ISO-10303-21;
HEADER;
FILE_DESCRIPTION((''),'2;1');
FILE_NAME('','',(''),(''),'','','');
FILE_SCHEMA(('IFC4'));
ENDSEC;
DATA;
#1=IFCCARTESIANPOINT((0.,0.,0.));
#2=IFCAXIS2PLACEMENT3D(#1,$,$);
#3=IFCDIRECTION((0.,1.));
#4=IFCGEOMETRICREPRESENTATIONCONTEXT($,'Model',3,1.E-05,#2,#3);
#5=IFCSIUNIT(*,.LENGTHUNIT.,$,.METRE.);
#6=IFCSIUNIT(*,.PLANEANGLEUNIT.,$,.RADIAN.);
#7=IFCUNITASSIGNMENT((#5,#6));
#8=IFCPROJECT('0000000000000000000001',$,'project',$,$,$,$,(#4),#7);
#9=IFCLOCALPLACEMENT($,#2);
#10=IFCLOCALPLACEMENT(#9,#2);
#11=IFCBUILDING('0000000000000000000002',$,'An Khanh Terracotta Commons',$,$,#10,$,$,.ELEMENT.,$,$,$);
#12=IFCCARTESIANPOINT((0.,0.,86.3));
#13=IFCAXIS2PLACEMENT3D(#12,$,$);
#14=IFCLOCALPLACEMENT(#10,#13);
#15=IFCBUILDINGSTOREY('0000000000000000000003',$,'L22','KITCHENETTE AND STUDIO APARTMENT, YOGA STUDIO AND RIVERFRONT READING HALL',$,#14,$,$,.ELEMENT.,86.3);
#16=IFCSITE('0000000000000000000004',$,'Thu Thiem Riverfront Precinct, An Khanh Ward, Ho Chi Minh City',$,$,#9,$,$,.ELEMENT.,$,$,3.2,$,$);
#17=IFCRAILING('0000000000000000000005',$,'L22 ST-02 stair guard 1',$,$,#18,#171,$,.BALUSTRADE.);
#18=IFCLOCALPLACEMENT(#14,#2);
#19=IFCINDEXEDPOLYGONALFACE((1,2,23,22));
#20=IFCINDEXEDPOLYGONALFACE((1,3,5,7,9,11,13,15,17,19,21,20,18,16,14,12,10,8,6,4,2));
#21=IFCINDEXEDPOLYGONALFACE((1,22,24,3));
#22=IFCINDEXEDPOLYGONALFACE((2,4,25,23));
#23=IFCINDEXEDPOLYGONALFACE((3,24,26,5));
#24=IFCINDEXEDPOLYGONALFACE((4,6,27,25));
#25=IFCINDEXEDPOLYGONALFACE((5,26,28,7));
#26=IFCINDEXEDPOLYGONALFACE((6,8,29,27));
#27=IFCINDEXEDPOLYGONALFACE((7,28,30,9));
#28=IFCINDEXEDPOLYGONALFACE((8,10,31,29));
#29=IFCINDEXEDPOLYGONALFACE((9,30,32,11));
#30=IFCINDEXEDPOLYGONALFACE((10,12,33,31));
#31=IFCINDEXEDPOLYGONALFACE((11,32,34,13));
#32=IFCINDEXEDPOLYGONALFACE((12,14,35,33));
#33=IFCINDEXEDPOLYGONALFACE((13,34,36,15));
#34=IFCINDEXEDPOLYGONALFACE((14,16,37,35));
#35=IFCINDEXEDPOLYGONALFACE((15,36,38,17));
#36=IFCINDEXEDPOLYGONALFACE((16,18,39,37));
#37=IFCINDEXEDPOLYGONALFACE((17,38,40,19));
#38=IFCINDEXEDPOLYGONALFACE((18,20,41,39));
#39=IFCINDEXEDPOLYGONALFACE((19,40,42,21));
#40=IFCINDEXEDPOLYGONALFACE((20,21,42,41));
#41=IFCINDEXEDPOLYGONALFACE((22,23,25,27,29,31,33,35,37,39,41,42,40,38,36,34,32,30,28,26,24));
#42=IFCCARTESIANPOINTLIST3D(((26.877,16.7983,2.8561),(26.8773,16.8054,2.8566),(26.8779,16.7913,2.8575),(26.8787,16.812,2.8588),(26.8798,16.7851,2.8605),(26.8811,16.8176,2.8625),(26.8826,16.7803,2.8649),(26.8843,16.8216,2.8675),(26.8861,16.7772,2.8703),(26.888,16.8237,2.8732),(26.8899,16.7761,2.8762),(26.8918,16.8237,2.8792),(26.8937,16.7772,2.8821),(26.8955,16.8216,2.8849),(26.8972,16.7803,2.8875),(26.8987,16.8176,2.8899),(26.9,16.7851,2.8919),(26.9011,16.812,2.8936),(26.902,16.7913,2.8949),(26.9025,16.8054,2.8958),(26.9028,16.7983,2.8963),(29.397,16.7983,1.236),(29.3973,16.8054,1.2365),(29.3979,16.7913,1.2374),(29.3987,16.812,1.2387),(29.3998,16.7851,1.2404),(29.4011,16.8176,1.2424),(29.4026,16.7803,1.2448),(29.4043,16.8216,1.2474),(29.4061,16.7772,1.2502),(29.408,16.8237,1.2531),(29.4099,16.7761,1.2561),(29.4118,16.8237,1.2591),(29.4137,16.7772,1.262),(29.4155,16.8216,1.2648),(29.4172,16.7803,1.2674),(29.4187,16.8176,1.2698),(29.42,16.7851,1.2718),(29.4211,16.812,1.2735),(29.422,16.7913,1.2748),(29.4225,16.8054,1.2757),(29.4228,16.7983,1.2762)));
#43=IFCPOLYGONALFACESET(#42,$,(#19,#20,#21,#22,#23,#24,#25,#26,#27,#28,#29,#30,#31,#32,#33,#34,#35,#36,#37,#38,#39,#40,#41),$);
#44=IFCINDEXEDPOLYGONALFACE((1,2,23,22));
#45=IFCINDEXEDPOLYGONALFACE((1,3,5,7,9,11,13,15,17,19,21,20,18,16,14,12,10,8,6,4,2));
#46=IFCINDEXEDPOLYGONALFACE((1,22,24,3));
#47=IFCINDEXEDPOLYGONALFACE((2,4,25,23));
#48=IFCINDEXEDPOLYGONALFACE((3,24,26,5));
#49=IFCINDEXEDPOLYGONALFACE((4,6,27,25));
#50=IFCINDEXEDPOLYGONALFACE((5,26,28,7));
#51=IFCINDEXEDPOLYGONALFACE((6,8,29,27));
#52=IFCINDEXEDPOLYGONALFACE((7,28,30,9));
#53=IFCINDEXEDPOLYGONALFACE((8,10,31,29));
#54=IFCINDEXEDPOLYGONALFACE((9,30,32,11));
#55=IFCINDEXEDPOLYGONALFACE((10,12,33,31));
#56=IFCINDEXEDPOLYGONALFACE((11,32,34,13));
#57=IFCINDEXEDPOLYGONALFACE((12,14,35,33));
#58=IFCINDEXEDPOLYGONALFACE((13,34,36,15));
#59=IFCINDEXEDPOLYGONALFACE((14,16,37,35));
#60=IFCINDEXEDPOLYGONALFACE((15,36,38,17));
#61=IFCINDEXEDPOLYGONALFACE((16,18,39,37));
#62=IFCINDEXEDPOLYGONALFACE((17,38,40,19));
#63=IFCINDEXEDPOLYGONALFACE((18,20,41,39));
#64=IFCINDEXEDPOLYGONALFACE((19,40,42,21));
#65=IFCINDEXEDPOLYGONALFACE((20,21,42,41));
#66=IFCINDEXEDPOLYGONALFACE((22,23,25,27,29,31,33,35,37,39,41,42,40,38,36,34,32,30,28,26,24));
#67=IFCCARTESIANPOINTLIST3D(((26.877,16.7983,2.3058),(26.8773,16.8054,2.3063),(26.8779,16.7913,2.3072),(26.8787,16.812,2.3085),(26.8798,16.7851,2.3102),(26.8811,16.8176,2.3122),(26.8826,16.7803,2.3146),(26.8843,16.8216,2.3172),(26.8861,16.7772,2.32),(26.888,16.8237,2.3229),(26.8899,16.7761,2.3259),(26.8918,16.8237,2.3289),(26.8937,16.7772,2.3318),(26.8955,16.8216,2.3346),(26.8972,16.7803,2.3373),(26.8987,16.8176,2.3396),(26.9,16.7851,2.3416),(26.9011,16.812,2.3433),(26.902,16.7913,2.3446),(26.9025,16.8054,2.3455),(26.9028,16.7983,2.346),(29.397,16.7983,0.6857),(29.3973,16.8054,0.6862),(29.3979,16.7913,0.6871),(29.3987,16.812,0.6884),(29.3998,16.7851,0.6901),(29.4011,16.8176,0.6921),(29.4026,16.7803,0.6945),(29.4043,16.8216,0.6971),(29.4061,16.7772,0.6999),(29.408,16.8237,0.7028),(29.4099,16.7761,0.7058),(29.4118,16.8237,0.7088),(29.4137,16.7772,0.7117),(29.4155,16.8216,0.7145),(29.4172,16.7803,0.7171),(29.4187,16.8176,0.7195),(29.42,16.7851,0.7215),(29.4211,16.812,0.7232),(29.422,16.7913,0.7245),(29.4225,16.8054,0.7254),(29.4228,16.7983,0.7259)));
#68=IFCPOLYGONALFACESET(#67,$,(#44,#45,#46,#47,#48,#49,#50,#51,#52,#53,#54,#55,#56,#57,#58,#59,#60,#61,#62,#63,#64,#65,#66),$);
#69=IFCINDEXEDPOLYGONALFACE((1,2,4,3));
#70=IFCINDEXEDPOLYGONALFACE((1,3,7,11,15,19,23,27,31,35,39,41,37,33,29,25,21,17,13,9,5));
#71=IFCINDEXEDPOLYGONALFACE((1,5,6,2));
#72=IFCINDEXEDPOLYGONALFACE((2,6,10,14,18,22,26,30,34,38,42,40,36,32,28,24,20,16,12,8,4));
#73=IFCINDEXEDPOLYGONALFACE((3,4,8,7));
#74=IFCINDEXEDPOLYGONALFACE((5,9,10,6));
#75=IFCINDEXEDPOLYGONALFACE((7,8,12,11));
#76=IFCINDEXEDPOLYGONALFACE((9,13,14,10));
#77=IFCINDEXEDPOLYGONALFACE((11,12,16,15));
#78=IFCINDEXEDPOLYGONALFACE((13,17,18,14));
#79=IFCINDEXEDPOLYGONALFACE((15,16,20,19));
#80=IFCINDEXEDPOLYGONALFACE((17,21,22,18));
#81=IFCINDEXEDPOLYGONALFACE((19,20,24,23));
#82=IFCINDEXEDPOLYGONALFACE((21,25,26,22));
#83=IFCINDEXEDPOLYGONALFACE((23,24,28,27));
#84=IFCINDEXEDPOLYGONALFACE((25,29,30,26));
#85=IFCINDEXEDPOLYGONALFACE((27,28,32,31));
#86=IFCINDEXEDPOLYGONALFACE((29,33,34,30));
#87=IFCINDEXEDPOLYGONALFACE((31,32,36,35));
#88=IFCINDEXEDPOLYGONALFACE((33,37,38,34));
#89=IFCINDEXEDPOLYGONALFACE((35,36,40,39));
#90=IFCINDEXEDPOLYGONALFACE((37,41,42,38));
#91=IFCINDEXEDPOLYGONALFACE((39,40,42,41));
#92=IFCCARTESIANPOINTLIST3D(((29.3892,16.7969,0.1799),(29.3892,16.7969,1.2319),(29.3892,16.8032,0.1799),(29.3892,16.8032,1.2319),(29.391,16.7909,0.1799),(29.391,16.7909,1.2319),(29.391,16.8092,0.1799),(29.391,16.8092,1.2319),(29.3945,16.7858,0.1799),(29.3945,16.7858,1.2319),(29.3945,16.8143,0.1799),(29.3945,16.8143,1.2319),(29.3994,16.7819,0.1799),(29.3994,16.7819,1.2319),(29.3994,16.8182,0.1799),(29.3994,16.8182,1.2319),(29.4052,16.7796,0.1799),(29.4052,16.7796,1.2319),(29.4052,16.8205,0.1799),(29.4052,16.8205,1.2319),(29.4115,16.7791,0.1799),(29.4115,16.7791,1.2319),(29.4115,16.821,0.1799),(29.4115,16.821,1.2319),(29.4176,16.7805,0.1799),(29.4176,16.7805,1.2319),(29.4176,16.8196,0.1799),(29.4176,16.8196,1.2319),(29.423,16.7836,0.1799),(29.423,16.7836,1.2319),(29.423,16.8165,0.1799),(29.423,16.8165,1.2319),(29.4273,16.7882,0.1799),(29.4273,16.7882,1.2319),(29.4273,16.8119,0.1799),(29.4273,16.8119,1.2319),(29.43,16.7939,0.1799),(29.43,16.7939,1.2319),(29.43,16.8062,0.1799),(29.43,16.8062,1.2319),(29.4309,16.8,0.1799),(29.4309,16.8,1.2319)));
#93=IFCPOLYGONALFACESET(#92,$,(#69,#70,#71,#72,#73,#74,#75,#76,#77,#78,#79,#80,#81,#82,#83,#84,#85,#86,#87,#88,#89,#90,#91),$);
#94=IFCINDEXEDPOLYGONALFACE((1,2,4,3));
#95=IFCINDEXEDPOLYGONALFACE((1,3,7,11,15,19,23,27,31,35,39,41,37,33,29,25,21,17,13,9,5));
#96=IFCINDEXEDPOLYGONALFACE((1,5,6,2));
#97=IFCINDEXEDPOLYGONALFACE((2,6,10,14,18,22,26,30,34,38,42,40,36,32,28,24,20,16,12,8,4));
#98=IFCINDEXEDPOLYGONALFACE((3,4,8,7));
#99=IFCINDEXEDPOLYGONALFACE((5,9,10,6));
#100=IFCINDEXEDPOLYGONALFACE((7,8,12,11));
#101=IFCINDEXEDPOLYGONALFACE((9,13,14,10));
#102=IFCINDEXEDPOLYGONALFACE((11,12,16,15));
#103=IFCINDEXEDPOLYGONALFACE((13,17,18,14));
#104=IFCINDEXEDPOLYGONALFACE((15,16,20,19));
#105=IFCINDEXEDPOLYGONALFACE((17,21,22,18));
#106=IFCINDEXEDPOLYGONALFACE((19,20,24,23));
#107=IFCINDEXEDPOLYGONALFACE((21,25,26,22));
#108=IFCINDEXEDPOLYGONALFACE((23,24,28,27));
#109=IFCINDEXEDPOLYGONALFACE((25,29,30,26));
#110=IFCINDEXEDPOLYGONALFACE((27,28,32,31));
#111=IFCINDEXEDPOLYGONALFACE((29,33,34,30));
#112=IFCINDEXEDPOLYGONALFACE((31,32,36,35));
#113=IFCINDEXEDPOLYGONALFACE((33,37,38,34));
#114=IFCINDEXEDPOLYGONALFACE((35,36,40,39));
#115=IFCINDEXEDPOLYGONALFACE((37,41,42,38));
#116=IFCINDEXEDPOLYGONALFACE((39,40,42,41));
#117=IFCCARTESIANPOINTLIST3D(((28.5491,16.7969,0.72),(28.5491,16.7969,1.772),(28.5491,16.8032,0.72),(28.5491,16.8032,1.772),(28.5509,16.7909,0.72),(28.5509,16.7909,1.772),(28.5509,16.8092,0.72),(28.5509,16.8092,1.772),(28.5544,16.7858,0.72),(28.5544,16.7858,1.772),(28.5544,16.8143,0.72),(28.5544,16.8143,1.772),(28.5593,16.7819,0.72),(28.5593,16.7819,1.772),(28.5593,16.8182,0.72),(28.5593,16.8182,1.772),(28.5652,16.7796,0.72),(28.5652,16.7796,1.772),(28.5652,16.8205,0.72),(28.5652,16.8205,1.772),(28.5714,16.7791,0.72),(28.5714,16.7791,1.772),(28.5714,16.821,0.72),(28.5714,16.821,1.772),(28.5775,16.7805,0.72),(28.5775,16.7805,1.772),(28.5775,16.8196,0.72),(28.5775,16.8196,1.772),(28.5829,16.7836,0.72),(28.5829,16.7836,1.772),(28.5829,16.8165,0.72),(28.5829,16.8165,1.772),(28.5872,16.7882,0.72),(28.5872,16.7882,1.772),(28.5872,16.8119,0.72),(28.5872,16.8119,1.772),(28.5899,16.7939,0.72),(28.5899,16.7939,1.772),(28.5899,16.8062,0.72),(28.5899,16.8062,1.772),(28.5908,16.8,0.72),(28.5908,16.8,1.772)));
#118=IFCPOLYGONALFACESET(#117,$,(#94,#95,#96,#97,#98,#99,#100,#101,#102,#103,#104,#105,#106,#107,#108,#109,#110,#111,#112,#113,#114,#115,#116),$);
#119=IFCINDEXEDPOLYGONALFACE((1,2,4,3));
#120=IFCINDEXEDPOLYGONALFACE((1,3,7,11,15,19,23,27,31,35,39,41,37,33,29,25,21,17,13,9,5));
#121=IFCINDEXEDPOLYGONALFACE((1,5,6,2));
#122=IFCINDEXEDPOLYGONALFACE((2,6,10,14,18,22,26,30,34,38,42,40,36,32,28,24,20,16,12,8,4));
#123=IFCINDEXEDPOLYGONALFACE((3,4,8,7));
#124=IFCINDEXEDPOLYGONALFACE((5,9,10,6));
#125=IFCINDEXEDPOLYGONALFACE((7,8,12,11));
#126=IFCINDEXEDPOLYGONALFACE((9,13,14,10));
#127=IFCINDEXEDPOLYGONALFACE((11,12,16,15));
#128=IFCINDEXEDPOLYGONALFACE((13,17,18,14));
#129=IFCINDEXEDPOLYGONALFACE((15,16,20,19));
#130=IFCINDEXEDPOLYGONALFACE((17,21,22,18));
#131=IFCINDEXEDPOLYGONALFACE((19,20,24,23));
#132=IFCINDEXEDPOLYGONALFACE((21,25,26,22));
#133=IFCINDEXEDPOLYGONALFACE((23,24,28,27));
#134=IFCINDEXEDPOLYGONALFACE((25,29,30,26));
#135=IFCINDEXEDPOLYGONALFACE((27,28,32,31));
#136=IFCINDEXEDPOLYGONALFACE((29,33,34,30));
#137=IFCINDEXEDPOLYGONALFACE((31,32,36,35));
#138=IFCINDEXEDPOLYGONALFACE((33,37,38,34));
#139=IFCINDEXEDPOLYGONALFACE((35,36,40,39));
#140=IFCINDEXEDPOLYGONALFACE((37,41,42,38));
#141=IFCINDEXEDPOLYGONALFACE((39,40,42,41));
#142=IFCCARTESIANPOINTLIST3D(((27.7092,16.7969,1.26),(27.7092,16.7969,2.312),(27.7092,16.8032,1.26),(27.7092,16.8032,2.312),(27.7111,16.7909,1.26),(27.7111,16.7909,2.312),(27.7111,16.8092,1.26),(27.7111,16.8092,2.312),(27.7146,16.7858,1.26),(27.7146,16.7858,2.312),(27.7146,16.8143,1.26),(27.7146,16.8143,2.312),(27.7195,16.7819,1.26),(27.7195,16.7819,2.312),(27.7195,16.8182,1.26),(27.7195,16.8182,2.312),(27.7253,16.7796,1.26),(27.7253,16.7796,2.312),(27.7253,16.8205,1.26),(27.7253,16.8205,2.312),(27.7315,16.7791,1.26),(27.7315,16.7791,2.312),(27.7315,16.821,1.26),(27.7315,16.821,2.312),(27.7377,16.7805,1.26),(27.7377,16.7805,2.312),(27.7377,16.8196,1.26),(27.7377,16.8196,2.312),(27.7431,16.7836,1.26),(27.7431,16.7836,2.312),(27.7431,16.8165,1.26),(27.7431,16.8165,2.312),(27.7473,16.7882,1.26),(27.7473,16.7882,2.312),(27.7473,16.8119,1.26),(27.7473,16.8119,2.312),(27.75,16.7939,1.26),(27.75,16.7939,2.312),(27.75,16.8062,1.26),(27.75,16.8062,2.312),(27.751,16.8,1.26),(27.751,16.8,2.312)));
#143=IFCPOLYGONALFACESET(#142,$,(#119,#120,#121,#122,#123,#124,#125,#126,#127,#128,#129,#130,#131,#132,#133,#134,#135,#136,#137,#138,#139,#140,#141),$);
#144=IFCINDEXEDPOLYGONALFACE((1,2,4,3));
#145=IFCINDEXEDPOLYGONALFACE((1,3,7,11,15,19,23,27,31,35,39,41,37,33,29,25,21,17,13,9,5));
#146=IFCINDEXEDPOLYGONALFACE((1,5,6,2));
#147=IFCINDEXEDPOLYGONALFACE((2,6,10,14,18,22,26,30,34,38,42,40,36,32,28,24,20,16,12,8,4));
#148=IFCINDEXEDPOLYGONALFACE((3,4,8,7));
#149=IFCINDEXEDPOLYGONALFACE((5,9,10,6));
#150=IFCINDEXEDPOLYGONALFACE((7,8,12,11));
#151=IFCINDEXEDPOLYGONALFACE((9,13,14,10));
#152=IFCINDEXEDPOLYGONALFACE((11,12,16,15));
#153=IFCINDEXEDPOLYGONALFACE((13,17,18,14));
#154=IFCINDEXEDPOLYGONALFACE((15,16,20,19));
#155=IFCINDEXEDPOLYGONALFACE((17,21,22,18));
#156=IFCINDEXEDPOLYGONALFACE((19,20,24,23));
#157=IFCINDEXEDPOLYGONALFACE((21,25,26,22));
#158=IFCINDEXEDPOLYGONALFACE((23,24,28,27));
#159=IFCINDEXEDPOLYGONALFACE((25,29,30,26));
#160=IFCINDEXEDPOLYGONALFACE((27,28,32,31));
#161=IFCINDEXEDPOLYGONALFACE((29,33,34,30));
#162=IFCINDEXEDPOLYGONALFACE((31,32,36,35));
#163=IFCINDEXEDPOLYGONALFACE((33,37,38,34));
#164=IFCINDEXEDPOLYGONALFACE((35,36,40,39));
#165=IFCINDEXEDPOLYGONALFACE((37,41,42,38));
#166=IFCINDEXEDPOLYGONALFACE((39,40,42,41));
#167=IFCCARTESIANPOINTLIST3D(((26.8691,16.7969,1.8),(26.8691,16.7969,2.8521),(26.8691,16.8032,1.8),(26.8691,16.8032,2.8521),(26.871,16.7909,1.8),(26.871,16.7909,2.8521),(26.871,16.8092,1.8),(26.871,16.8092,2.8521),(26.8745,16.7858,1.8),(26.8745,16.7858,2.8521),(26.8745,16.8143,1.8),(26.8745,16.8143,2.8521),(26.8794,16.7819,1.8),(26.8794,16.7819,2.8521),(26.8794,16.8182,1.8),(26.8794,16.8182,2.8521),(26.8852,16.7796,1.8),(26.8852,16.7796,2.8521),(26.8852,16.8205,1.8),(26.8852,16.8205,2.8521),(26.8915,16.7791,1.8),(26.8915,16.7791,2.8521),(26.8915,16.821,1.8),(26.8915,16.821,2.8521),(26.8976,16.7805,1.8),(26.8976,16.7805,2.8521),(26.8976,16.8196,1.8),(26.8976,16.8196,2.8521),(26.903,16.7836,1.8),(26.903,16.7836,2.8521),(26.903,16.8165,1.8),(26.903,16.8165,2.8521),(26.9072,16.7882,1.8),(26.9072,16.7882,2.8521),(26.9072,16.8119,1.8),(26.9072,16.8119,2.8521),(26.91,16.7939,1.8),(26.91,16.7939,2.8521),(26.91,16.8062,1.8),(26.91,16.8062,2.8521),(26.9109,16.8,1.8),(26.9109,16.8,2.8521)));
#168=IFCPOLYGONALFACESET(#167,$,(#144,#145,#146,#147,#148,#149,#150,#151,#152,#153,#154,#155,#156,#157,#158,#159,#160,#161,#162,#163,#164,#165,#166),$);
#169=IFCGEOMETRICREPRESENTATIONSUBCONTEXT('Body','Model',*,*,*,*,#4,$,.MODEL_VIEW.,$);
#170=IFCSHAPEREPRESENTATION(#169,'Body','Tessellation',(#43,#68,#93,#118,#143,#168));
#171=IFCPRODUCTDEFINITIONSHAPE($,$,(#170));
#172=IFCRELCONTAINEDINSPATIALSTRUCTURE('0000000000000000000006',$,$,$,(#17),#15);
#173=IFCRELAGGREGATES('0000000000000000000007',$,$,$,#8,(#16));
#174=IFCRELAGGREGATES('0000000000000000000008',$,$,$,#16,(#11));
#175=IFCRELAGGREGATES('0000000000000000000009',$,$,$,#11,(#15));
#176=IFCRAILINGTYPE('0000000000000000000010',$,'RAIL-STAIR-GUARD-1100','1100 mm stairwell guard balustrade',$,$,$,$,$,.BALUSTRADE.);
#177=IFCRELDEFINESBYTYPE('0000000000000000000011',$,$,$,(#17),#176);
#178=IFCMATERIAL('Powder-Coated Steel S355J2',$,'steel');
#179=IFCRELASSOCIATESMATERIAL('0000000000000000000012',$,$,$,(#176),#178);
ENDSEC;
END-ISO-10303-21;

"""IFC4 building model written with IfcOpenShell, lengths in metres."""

from ifc_helpers import new_model, si_unit, direction, frame, origin, origin_2d, place, context, subcontext, project, spatial, circle, extrude, material, type_object, element, save


model = new_model("IFC4")

# Units and contexts
model_context = context("Model", 3, precision=1e-05, world=origin(), true_north=direction((0.0, 1.0)))
body_context = subcontext(model_context, "Body", "Model", "MODEL_VIEW")
ifc_project = project(units=[si_unit("LENGTHUNIT", "METRE"), si_unit("PLANEANGLEUNIT", "RADIAN")], contexts=[model_context])

# Site, building, storey
site_placement = place(None, origin())
site = spatial("IfcSite", under=ifc_project, at=site_placement, Name="Thu Thiem Riverfront Precinct, An Khanh Ward, Ho Chi Minh City", CompositionType="ELEMENT", RefElevation=3.2)
building_placement = place(site_placement, origin())
building = spatial("IfcBuilding", under=site, at=building_placement, Name="An Khanh Terracotta Commons", CompositionType="ELEMENT")
storey_placement = place(building_placement, frame((0.0, 0.0, 86.3)))
storey = spatial("IfcBuildingStorey", under=building, at=storey_placement, Name="L22", Description="KITCHENETTE AND STUDIO APARTMENT, YOGA STUDIO AND RIVERFRONT READING HALL", CompositionType="ELEMENT", Elevation=86.3)

# Railing
ifc_material_1 = material(Name="Powder-Coated Steel S355J2", Category="steel")
railing_type_1 = type_object("IfcRailingType", Name="RAIL-STAIR-GUARD-1100", Description="1100 mm stairwell guard balustrade", PredefinedType="BALUSTRADE", material=ifc_material_1)
railing_1_placement = place(storey_placement, frame((29.4099, 16.8, 0.1799)))
element("IfcRailing", 1, at=railing_1_placement, inside=storey, type_object=railing_type_1, Name="L22 ST-02 stair guard 1", PredefinedType="BALUSTRADE", context=body_context, shape_type="SweptSolid", body=[
    extrude(circle(Radius=0.0239, at=origin_2d()), frame((0.0, 0.0, 1.0762), z_axis=(-0.841163, 0.0, 0.540782), x_axis=(0.0, -1.0, 0.0)), (0.0, 0.0, 1.0), 2.9958),
    extrude(circle(Radius=0.0239, at=origin_2d()), frame((0.0, 0.0, 0.5259), z_axis=(-0.841163, 0.0, 0.540782), x_axis=(0.0, -1.0, 0.0)), (0.0, 0.0, 1.0), 2.9958),
    extrude(circle(Radius=0.021, at=origin_2d()), origin(), (0.0, 0.0, 1.0), 1.052),
    extrude(circle(Radius=0.021, at=origin_2d()), frame((-0.8401, 0.0, 0.54)), (0.0, 0.0, 1.0), 1.052),
    extrude(circle(Radius=0.021, at=origin_2d()), frame((-1.6799, 0.0, 1.0801)), (0.0, 0.0, 1.0), 1.052),
    extrude(circle(Radius=0.021, at=origin_2d()), frame((-2.52, 0.0, 1.6201)), (0.0, 0.0, 1.0), 1.052),
])

save(model, "model.ifc")
